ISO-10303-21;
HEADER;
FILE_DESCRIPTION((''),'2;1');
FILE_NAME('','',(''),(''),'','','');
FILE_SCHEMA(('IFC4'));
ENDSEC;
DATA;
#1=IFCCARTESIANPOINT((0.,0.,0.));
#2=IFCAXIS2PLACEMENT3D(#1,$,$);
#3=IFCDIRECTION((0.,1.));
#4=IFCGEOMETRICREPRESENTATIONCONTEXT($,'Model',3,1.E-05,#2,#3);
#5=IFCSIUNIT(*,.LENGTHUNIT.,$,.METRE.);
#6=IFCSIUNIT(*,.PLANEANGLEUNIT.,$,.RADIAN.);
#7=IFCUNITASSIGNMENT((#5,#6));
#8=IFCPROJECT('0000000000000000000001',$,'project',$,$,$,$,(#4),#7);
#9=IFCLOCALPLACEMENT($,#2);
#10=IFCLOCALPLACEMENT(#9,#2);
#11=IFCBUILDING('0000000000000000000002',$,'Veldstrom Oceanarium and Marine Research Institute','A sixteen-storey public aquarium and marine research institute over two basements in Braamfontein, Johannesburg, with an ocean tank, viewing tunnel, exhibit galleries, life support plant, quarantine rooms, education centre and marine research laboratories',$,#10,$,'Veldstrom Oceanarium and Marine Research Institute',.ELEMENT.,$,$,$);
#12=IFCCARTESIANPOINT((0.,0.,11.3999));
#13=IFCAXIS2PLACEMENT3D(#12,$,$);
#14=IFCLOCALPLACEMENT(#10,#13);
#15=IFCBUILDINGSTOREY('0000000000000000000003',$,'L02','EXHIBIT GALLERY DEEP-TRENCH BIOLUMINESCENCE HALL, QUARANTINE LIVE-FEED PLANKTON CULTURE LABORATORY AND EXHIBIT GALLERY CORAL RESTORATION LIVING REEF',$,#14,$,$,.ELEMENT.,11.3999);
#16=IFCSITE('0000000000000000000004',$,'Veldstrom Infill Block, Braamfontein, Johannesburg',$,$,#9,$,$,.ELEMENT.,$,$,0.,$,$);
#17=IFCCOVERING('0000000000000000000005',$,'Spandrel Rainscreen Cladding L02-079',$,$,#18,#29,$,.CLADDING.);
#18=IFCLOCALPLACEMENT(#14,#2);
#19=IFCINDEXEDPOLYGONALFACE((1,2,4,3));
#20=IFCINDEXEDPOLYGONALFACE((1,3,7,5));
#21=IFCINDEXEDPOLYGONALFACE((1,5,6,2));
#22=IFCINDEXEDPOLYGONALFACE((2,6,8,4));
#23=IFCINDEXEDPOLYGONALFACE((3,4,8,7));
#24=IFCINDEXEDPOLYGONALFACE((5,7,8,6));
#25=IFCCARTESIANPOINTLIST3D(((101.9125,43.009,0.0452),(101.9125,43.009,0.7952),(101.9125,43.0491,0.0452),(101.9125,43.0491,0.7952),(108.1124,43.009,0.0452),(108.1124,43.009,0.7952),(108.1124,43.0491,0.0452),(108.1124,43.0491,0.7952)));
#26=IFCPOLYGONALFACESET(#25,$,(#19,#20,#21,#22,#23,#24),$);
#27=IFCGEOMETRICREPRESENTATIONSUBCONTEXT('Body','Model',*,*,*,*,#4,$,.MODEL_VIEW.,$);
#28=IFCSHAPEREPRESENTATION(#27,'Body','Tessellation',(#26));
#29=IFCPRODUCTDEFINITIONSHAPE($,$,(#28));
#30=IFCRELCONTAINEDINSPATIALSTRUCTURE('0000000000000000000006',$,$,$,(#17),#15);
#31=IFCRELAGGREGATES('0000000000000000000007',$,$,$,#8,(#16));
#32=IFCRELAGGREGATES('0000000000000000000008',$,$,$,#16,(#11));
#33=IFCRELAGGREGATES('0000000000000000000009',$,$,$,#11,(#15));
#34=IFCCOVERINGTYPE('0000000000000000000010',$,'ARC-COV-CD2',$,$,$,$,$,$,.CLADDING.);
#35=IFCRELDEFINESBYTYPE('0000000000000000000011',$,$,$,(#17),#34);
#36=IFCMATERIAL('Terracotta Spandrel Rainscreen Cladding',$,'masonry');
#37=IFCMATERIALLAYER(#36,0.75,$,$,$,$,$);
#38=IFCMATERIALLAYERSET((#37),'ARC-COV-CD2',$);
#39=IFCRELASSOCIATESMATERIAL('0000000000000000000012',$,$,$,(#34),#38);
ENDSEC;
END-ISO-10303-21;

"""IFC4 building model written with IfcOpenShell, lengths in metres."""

from ifc_helpers import new_model, si_unit, direction, frame, origin, origin_2d, place, context, subcontext, project, spatial, rectangle, extrude, material, layer, layer_set, type_object, element, save


model = new_model("IFC4")

# Units and contexts
model_context = context("Model", 3, precision=1e-05, world=origin(), true_north=direction((0.0, 1.0)))
body_context = subcontext(model_context, "Body", "Model", "MODEL_VIEW")
ifc_project = project(units=[si_unit("LENGTHUNIT", "METRE"), si_unit("PLANEANGLEUNIT", "RADIAN")], contexts=[model_context])

# Site, building, storey
site_placement = place(None, origin())
site = spatial("IfcSite", under=ifc_project, at=site_placement, Name="Veldstrom Infill Block, Braamfontein, Johannesburg", CompositionType="ELEMENT", RefElevation=0.0)
building_placement = place(site_placement, origin())
building = spatial("IfcBuilding", under=site, at=building_placement, Name="Veldstrom Oceanarium and Marine Research Institute", Description="A sixteen-storey public aquarium and marine research institute over two basements in Braamfontein, Johannesburg, with an ocean tank, viewing tunnel, exhibit galleries, life support plant, quarantine rooms, education centre and marine research laboratories", LongName="Veldstrom Oceanarium and Marine Research Institute", CompositionType="ELEMENT")
storey_placement = place(building_placement, frame((0.0, 0.0, 11.3999)))
storey = spatial("IfcBuildingStorey", under=building, at=storey_placement, Name="L02", Description="EXHIBIT GALLERY DEEP-TRENCH BIOLUMINESCENCE HALL, QUARANTINE LIVE-FEED PLANKTON CULTURE LABORATORY AND EXHIBIT GALLERY CORAL RESTORATION LIVING REEF", CompositionType="ELEMENT", Elevation=11.3999)

# Covering
ifc_material_1 = material(Name="Terracotta Spandrel Rainscreen Cladding", Category="masonry")
ifc_layer_1 = layer(ifc_material_1, 0.75)
ifc_layer_set_1 = layer_set([ifc_layer_1], Name="ARC-COV-CD2")
covering_type = type_object("IfcCoveringType", Name="ARC-COV-CD2", PredefinedType="CLADDING", material=ifc_layer_set_1)
covering_placement = place(storey_placement, frame((105.0125, 43.0291, 0.0452), z_axis=(0.0, 0.0, 1.0), x_axis=(1.0, 0.0, 0.0)))
element("IfcCovering", 1, at=covering_placement, inside=storey, type_object=covering_type, Name="Spandrel Rainscreen Cladding L02-079", PredefinedType="CLADDING", context=body_context, shape_type="SweptSolid", body=[
    extrude(rectangle(XDim=6.2, YDim=0.04, at=origin_2d()), origin(), (0.0, 0.0, 1.0), 0.75),
])

save(model, "model.ifc")
